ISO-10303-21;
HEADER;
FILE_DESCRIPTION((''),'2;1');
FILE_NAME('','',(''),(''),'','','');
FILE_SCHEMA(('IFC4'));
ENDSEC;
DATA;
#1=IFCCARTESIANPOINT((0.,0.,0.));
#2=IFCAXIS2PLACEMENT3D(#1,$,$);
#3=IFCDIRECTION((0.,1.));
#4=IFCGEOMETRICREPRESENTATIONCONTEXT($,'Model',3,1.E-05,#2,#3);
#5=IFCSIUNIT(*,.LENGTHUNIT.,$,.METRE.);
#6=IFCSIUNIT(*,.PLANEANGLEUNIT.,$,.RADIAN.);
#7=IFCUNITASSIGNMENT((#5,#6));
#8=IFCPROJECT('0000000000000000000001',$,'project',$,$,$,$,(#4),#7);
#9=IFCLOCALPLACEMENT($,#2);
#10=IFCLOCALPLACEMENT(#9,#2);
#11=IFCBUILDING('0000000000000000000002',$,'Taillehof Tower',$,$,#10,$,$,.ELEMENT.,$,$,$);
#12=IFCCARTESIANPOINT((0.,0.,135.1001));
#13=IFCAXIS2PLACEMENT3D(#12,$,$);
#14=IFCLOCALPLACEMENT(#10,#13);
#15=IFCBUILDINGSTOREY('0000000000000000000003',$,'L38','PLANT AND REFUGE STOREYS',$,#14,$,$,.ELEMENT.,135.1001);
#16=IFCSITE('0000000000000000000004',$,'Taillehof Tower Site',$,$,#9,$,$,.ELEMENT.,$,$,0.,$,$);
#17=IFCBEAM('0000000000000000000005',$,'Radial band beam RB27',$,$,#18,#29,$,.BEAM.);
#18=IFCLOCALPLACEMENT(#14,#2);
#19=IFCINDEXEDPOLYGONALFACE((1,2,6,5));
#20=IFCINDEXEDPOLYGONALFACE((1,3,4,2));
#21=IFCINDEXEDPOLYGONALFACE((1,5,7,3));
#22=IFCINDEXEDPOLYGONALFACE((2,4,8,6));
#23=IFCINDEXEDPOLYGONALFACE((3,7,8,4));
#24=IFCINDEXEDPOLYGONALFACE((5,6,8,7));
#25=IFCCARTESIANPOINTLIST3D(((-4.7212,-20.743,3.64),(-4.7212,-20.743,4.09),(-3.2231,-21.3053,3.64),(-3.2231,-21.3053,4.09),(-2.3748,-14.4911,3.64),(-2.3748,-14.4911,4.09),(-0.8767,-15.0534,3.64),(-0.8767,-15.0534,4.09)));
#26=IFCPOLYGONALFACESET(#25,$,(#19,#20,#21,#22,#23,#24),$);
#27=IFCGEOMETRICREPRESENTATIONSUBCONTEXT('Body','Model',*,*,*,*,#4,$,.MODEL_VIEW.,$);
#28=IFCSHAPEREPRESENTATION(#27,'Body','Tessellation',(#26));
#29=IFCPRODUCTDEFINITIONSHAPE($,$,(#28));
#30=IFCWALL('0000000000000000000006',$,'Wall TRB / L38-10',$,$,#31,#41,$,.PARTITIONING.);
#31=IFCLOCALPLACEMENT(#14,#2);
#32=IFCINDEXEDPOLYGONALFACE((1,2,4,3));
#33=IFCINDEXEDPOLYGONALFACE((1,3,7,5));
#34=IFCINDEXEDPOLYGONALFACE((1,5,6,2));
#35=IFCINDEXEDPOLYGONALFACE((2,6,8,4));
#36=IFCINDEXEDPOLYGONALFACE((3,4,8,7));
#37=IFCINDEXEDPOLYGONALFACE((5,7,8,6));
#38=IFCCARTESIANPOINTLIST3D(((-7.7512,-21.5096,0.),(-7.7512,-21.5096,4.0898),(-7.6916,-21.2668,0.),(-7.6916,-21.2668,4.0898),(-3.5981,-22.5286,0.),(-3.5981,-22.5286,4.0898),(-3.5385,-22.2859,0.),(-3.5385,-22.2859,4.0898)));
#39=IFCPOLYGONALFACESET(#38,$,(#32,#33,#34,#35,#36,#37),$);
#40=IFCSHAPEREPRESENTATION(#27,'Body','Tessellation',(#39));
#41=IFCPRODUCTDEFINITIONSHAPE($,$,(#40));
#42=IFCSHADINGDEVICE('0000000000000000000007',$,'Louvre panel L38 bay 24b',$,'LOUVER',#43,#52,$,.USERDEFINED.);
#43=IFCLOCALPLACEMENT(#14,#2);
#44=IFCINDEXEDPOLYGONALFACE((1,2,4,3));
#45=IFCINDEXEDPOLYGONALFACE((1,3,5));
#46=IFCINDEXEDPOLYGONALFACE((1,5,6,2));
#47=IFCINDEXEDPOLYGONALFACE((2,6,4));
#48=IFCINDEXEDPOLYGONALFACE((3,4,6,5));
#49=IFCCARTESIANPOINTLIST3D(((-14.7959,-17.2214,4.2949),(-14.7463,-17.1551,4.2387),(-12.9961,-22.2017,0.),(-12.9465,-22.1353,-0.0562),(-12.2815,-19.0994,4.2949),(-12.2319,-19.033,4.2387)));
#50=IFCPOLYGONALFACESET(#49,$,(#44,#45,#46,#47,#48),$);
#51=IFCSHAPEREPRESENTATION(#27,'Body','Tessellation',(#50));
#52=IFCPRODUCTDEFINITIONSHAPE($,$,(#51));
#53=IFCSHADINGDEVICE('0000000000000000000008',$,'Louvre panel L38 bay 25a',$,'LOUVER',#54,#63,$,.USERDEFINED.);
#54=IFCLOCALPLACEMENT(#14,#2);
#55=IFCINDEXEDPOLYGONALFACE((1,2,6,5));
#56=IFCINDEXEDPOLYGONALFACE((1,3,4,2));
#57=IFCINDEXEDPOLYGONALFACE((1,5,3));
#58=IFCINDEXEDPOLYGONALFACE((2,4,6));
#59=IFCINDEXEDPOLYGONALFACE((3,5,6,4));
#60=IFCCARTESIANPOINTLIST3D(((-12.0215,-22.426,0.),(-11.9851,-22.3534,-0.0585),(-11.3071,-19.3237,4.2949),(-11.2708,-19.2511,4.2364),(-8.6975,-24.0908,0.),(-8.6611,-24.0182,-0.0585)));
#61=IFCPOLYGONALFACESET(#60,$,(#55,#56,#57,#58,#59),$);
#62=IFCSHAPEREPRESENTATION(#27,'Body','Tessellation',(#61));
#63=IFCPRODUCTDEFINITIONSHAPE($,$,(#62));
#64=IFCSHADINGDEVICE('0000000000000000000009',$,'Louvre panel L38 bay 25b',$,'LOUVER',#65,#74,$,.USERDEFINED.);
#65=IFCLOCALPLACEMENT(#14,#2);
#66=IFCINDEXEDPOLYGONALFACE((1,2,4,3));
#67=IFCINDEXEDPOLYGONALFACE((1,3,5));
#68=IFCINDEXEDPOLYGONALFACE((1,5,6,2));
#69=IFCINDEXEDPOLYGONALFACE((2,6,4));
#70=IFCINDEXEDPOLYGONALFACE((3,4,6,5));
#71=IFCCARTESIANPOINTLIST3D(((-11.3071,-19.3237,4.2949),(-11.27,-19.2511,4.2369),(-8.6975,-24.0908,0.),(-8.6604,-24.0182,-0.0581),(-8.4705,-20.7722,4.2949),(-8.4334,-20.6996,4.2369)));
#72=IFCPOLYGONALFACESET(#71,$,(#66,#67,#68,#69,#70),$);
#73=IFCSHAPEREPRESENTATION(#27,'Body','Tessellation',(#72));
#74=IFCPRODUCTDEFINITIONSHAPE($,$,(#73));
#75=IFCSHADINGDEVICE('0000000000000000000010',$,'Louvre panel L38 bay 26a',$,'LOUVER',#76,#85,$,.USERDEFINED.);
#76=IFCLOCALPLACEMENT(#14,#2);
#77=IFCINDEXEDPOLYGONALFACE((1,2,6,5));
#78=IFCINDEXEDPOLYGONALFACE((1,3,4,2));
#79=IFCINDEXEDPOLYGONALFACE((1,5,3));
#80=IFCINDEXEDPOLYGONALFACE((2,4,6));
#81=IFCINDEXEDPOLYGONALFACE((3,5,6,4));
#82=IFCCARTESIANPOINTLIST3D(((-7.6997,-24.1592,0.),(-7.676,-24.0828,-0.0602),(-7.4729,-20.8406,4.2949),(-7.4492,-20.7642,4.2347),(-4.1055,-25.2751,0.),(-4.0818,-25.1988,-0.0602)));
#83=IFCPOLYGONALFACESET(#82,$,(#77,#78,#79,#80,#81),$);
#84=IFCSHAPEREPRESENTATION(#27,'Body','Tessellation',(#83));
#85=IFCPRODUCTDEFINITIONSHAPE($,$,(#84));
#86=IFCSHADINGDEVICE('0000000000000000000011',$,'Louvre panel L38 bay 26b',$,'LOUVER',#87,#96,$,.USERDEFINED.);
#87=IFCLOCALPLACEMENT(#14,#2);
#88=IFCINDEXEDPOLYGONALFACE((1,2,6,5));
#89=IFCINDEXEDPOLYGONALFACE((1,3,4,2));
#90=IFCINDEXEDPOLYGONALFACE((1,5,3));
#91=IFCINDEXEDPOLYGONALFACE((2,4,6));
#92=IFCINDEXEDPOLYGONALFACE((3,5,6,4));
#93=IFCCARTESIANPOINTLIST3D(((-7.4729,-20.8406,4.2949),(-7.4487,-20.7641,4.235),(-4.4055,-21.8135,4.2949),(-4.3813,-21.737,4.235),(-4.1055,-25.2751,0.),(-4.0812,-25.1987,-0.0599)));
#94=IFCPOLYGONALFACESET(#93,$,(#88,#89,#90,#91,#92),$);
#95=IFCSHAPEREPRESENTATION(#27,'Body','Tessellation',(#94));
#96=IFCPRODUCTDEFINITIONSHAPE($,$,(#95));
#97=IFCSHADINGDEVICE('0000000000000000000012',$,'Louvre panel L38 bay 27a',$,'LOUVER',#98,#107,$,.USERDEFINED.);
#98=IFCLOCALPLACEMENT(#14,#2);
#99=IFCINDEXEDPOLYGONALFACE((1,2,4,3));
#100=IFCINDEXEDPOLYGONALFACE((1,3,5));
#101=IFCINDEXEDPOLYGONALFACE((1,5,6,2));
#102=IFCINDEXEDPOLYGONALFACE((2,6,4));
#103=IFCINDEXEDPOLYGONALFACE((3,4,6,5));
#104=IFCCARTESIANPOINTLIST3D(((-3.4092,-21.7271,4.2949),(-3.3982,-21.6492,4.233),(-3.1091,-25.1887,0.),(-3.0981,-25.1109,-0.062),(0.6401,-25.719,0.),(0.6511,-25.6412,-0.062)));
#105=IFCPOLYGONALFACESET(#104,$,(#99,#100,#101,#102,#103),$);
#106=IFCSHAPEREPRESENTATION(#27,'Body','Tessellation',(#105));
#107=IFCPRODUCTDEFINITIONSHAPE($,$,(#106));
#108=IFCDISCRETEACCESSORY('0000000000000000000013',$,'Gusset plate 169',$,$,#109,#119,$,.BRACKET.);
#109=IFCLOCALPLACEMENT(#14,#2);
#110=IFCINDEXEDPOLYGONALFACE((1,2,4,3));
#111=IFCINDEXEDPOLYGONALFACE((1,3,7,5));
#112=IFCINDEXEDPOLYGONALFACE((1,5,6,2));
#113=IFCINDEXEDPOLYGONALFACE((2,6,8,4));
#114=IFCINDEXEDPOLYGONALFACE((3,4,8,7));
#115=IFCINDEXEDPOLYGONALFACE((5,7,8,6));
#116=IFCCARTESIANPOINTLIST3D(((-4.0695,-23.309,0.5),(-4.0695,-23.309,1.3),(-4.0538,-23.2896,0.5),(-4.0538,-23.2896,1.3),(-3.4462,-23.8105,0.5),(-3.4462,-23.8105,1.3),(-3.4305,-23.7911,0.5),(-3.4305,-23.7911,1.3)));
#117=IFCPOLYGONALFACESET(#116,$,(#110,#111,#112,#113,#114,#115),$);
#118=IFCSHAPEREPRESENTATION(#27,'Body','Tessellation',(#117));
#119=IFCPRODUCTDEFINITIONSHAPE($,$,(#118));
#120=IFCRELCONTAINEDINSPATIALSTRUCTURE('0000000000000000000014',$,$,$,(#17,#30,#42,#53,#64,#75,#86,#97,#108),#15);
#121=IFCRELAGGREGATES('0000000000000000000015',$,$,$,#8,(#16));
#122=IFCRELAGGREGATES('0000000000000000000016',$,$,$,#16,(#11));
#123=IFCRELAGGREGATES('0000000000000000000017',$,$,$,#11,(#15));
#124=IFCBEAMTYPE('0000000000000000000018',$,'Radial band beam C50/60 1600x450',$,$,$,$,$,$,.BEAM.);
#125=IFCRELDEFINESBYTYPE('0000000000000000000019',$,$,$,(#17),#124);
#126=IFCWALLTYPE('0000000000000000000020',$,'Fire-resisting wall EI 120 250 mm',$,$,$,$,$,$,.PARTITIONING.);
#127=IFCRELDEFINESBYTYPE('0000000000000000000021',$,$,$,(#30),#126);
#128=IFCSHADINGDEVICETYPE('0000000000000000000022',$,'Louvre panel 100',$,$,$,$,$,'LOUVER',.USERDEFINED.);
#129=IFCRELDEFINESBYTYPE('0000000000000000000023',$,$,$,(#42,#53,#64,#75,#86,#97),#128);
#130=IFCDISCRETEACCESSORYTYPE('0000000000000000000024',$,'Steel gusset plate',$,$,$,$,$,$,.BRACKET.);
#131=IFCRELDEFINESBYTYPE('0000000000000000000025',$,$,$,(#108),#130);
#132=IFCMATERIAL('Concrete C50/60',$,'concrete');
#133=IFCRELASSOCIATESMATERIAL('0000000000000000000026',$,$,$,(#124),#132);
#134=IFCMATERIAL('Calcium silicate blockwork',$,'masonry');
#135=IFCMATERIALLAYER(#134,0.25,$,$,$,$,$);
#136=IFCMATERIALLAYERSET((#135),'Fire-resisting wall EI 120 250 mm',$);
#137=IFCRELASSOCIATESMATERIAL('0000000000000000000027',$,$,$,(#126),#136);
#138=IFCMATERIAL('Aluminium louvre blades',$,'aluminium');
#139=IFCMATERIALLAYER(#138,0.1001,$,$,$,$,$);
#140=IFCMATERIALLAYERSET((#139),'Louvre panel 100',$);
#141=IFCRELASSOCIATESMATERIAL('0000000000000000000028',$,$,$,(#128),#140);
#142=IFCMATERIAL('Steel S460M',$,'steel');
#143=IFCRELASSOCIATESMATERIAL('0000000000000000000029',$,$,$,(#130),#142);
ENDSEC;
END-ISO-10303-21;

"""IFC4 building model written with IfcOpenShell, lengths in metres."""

from ifc_helpers import new_model, si_unit, direction, frame, frame_2d, origin, origin_2d, place, context, subcontext, project, spatial, polyline, rectangle, outline, extrude, material, layer, layer_set, material_profile, profile_set, type_object, element, save


model = new_model("IFC4")

# Units and contexts
model_context = context("Model", 3, precision=1e-05, world=origin(), true_north=direction((0.0, 1.0)))
body_context = subcontext(model_context, "Body", "Model", "MODEL_VIEW")
ifc_project = project(units=[si_unit("LENGTHUNIT", "METRE"), si_unit("PLANEANGLEUNIT", "RADIAN")], contexts=[model_context])

# Site, building, storey
site_placement = place(None, origin())
site = spatial("IfcSite", under=ifc_project, at=site_placement, Name="Taillehof Tower Site", CompositionType="ELEMENT", RefElevation=0.0)
building_placement = place(site_placement, origin())
building = spatial("IfcBuilding", under=site, at=building_placement, Name="Taillehof Tower", CompositionType="ELEMENT")
storey_placement = place(building_placement, frame((0.0, 0.0, 135.1001)))
storey = spatial("IfcBuildingStorey", under=building, at=storey_placement, Name="L38", Description="PLANT AND REFUGE STOREYS", CompositionType="ELEMENT", Elevation=135.1001)

# Beam
ifc_material_1 = material(Name="Concrete C50/60", Category="concrete")
ifc_material_profile_1 = material_profile(ifc_material_1, rectangle(XDim=1.6001, YDim=0.45, at=origin_2d()), Name="RC 1600x450")
ifc_profile_set_1 = profile_set([ifc_material_profile_1], Name="Concrete C50/60")
beam_type = type_object("IfcBeamType", Name="Radial band beam C50/60 1600x450", PredefinedType="BEAM", material=ifc_profile_set_1)
beam_placement = place(storey_placement, frame((-3.9722, -21.0242, 3.865), z_axis=(0.35138, 0.936233, 0.0), x_axis=(-0.936233, 0.35138, 0.0)))
element("IfcBeam", 1, at=beam_placement, inside=storey, type_object=beam_type, Name="Radial band beam RB27", PredefinedType="BEAM", context=body_context, shape_type="SweptSolid", body=[
    extrude(rectangle(XDim=1.6001, YDim=0.45, at=origin_2d()), origin(), (0.0, 0.0, 1.0), 6.6777),
])

# Wall
ifc_material_2 = material(Name="Calcium silicate blockwork", Category="masonry")
ifc_layer_1 = layer(ifc_material_2, 0.25)
ifc_layer_set_1 = layer_set([ifc_layer_1], Name="Fire-resisting wall EI 120 250 mm")
wall_type = type_object("IfcWallType", Name="Fire-resisting wall EI 120 250 mm", PredefinedType="PARTITIONING", material=ifc_layer_set_1)
wall_placement = place(storey_placement, frame((-7.7214, -21.3882, 0.0), z_axis=(0.0, 0.0, 1.0), x_axis=(0.971191, -0.238302, 0.0)))
element("IfcWall", 2, at=wall_placement, inside=storey, type_object=wall_type, Name="Wall TRB / L38-10", PredefinedType="PARTITIONING", context=body_context, shape_type="SweptSolid", body=[
    extrude(rectangle(XDim=4.2764, YDim=0.25, at=frame_2d((2.1382, 0.0))), origin(), (0.0, 0.0, 1.0), 4.0898),
])

# Shading devices
ifc_material_3 = material(Name="Aluminium louvre blades", Category="aluminium")
ifc_layer_2 = layer(ifc_material_3, 0.1001)
ifc_layer_set_2 = layer_set([ifc_layer_2], Name="Louvre panel 100")
shading_device_type = type_object("IfcShadingDeviceType", Name="Louvre panel 100", ElementType="LOUVER", PredefinedType="USERDEFINED", material=ifc_layer_set_2)
shading_device_1_placement = place(storey_placement, frame((-12.9961, -22.2017, 0.0), z_axis=(-0.495222, -0.663064, 0.561339), x_axis=(0.133666, 0.580287, 0.803368)))
element("IfcShadingDevice", 3, at=shading_device_1_placement, inside=storey, type_object=shading_device_type, Name="Louvre panel L38 bay 24b", ObjectType="LOUVER", PredefinedType="USERDEFINED", context=body_context, shape_type="SweptSolid", body=[
    extrude(outline(polyline([(0.0, 0.0), (5.3461, 0.0), (6.0998, 3.0465), (0.0, 0.0)])), origin(), (0.0, 0.0, -1.0), 0.1001),
])
shading_device_2_placement = place(storey_placement, frame((-12.0215, -22.426, 0.0), z_axis=(-0.363363, -0.725501, 0.584478), x_axis=(0.894125, -0.447818, 0.0)))
element("IfcShadingDevice", 4, at=shading_device_2_placement, inside=storey, type_object=shading_device_type, Name="Louvre panel L38 bay 25a", ObjectType="LOUVER", PredefinedType="USERDEFINED", context=body_context, shape_type="SweptSolid", body=[
    extrude(outline(polyline([(0.0, 0.0), (3.7176, 0.0), (-0.7505, 5.2932), (0.0, 0.0)])), origin(), (0.0, 0.0, -1.0), 0.1001),
])
shading_device_3_placement = place(storey_placement, frame((-8.6975, -24.0908, 0.0), z_axis=(-0.370428, -0.725434, 0.580111), x_axis=(0.041796, 0.61089, 0.790611)))
element("IfcShadingDevice", 5, at=shading_device_3_placement, inside=storey, type_object=shading_device_type, Name="Louvre panel L38 bay 25b", ObjectType="LOUVER", PredefinedType="USERDEFINED", context=body_context, shape_type="SweptSolid", body=[
    extrude(outline(polyline([(0.0, 0.0), (5.4324, 0.0), (6.1987, 3.0915), (0.0, 0.0)])), origin(), (0.0, 0.0, -1.0), 0.1001),
])
shading_device_4_placement = place(storey_placement, frame((-7.6997, -24.1592, 0.0), z_axis=(-0.23681, -0.762705, 0.601833), x_axis=(0.955026, -0.296524, 0.0)))
element("IfcShadingDevice", 6, at=shading_device_4_placement, inside=storey, type_object=shading_device_type, Name="Louvre panel L38 bay 26a", ObjectType="LOUVER", PredefinedType="USERDEFINED", context=body_context, shape_type="SweptSolid", body=[
    extrude(outline(polyline([(0.0, 0.0), (3.7635, 0.0), (-0.7674, 5.3779), (0.0, 0.0)])), origin(), (0.0, 0.0, -1.0), 0.1001),
])
shading_device_5_placement = place(storey_placement, frame((-4.1055, -25.2751, 0.0), z_axis=(-0.242197, -0.763605, 0.598539), x_axis=(-0.054313, 0.626609, 0.777439)))
element("IfcShadingDevice", 7, at=shading_device_5_placement, inside=storey, type_object=shading_device_type, Name="Louvre panel L38 bay 26b", ObjectType="LOUVER", PredefinedType="USERDEFINED", context=body_context, shape_type="SweptSolid", body=[
    extrude(outline(polyline([(0.0, 0.0), (5.5244, 0.0), (6.3007, 3.123), (0.0, 0.0)])), origin(), (0.0, 0.0, -1.0), 0.1001),
])
shading_device_6_placement = place(storey_placement, frame((-3.1091, -25.1887, 0.0), z_axis=(-0.10998, -0.777605, 0.61906), x_axis=(0.990146, -0.14004, 0.0)))
element("IfcShadingDevice", 8, at=shading_device_6_placement, inside=storey, type_object=shading_device_type, Name="Louvre panel L38 bay 27a", ObjectType="LOUVER", PredefinedType="USERDEFINED", context=body_context, shape_type="SweptSolid", body=[
    extrude(outline(polyline([(0.0, 0.0), (3.7866, 0.0), (-0.7819, 5.4688), (0.0, 0.0)])), origin(), (0.0, 0.0, -1.0), 0.1001),
])

# Discrete accessory
ifc_material_4 = material(Name="Steel S460M", Category="steel")
discrete_accessory_type = type_object("IfcDiscreteAccessoryType", Name="Steel gusset plate", PredefinedType="BRACKET", material=ifc_material_4)
discrete_accessory_placement = place(storey_placement, frame((-3.75, -23.55, 0.5), z_axis=(0.0, 0.0, 1.0), x_axis=(0.779075, -0.62693, 0.0)))
element("IfcDiscreteAccessory", 9, at=discrete_accessory_placement, inside=storey, type_object=discrete_accessory_type, Name="Gusset plate 169", PredefinedType="BRACKET", context=body_context, shape_type="SweptSolid", body=[
    extrude(rectangle(XDim=0.8, YDim=0.0249, at=origin_2d()), origin(), (0.0, 0.0, 1.0), 0.8),
])

save(model, "model.ifc")
